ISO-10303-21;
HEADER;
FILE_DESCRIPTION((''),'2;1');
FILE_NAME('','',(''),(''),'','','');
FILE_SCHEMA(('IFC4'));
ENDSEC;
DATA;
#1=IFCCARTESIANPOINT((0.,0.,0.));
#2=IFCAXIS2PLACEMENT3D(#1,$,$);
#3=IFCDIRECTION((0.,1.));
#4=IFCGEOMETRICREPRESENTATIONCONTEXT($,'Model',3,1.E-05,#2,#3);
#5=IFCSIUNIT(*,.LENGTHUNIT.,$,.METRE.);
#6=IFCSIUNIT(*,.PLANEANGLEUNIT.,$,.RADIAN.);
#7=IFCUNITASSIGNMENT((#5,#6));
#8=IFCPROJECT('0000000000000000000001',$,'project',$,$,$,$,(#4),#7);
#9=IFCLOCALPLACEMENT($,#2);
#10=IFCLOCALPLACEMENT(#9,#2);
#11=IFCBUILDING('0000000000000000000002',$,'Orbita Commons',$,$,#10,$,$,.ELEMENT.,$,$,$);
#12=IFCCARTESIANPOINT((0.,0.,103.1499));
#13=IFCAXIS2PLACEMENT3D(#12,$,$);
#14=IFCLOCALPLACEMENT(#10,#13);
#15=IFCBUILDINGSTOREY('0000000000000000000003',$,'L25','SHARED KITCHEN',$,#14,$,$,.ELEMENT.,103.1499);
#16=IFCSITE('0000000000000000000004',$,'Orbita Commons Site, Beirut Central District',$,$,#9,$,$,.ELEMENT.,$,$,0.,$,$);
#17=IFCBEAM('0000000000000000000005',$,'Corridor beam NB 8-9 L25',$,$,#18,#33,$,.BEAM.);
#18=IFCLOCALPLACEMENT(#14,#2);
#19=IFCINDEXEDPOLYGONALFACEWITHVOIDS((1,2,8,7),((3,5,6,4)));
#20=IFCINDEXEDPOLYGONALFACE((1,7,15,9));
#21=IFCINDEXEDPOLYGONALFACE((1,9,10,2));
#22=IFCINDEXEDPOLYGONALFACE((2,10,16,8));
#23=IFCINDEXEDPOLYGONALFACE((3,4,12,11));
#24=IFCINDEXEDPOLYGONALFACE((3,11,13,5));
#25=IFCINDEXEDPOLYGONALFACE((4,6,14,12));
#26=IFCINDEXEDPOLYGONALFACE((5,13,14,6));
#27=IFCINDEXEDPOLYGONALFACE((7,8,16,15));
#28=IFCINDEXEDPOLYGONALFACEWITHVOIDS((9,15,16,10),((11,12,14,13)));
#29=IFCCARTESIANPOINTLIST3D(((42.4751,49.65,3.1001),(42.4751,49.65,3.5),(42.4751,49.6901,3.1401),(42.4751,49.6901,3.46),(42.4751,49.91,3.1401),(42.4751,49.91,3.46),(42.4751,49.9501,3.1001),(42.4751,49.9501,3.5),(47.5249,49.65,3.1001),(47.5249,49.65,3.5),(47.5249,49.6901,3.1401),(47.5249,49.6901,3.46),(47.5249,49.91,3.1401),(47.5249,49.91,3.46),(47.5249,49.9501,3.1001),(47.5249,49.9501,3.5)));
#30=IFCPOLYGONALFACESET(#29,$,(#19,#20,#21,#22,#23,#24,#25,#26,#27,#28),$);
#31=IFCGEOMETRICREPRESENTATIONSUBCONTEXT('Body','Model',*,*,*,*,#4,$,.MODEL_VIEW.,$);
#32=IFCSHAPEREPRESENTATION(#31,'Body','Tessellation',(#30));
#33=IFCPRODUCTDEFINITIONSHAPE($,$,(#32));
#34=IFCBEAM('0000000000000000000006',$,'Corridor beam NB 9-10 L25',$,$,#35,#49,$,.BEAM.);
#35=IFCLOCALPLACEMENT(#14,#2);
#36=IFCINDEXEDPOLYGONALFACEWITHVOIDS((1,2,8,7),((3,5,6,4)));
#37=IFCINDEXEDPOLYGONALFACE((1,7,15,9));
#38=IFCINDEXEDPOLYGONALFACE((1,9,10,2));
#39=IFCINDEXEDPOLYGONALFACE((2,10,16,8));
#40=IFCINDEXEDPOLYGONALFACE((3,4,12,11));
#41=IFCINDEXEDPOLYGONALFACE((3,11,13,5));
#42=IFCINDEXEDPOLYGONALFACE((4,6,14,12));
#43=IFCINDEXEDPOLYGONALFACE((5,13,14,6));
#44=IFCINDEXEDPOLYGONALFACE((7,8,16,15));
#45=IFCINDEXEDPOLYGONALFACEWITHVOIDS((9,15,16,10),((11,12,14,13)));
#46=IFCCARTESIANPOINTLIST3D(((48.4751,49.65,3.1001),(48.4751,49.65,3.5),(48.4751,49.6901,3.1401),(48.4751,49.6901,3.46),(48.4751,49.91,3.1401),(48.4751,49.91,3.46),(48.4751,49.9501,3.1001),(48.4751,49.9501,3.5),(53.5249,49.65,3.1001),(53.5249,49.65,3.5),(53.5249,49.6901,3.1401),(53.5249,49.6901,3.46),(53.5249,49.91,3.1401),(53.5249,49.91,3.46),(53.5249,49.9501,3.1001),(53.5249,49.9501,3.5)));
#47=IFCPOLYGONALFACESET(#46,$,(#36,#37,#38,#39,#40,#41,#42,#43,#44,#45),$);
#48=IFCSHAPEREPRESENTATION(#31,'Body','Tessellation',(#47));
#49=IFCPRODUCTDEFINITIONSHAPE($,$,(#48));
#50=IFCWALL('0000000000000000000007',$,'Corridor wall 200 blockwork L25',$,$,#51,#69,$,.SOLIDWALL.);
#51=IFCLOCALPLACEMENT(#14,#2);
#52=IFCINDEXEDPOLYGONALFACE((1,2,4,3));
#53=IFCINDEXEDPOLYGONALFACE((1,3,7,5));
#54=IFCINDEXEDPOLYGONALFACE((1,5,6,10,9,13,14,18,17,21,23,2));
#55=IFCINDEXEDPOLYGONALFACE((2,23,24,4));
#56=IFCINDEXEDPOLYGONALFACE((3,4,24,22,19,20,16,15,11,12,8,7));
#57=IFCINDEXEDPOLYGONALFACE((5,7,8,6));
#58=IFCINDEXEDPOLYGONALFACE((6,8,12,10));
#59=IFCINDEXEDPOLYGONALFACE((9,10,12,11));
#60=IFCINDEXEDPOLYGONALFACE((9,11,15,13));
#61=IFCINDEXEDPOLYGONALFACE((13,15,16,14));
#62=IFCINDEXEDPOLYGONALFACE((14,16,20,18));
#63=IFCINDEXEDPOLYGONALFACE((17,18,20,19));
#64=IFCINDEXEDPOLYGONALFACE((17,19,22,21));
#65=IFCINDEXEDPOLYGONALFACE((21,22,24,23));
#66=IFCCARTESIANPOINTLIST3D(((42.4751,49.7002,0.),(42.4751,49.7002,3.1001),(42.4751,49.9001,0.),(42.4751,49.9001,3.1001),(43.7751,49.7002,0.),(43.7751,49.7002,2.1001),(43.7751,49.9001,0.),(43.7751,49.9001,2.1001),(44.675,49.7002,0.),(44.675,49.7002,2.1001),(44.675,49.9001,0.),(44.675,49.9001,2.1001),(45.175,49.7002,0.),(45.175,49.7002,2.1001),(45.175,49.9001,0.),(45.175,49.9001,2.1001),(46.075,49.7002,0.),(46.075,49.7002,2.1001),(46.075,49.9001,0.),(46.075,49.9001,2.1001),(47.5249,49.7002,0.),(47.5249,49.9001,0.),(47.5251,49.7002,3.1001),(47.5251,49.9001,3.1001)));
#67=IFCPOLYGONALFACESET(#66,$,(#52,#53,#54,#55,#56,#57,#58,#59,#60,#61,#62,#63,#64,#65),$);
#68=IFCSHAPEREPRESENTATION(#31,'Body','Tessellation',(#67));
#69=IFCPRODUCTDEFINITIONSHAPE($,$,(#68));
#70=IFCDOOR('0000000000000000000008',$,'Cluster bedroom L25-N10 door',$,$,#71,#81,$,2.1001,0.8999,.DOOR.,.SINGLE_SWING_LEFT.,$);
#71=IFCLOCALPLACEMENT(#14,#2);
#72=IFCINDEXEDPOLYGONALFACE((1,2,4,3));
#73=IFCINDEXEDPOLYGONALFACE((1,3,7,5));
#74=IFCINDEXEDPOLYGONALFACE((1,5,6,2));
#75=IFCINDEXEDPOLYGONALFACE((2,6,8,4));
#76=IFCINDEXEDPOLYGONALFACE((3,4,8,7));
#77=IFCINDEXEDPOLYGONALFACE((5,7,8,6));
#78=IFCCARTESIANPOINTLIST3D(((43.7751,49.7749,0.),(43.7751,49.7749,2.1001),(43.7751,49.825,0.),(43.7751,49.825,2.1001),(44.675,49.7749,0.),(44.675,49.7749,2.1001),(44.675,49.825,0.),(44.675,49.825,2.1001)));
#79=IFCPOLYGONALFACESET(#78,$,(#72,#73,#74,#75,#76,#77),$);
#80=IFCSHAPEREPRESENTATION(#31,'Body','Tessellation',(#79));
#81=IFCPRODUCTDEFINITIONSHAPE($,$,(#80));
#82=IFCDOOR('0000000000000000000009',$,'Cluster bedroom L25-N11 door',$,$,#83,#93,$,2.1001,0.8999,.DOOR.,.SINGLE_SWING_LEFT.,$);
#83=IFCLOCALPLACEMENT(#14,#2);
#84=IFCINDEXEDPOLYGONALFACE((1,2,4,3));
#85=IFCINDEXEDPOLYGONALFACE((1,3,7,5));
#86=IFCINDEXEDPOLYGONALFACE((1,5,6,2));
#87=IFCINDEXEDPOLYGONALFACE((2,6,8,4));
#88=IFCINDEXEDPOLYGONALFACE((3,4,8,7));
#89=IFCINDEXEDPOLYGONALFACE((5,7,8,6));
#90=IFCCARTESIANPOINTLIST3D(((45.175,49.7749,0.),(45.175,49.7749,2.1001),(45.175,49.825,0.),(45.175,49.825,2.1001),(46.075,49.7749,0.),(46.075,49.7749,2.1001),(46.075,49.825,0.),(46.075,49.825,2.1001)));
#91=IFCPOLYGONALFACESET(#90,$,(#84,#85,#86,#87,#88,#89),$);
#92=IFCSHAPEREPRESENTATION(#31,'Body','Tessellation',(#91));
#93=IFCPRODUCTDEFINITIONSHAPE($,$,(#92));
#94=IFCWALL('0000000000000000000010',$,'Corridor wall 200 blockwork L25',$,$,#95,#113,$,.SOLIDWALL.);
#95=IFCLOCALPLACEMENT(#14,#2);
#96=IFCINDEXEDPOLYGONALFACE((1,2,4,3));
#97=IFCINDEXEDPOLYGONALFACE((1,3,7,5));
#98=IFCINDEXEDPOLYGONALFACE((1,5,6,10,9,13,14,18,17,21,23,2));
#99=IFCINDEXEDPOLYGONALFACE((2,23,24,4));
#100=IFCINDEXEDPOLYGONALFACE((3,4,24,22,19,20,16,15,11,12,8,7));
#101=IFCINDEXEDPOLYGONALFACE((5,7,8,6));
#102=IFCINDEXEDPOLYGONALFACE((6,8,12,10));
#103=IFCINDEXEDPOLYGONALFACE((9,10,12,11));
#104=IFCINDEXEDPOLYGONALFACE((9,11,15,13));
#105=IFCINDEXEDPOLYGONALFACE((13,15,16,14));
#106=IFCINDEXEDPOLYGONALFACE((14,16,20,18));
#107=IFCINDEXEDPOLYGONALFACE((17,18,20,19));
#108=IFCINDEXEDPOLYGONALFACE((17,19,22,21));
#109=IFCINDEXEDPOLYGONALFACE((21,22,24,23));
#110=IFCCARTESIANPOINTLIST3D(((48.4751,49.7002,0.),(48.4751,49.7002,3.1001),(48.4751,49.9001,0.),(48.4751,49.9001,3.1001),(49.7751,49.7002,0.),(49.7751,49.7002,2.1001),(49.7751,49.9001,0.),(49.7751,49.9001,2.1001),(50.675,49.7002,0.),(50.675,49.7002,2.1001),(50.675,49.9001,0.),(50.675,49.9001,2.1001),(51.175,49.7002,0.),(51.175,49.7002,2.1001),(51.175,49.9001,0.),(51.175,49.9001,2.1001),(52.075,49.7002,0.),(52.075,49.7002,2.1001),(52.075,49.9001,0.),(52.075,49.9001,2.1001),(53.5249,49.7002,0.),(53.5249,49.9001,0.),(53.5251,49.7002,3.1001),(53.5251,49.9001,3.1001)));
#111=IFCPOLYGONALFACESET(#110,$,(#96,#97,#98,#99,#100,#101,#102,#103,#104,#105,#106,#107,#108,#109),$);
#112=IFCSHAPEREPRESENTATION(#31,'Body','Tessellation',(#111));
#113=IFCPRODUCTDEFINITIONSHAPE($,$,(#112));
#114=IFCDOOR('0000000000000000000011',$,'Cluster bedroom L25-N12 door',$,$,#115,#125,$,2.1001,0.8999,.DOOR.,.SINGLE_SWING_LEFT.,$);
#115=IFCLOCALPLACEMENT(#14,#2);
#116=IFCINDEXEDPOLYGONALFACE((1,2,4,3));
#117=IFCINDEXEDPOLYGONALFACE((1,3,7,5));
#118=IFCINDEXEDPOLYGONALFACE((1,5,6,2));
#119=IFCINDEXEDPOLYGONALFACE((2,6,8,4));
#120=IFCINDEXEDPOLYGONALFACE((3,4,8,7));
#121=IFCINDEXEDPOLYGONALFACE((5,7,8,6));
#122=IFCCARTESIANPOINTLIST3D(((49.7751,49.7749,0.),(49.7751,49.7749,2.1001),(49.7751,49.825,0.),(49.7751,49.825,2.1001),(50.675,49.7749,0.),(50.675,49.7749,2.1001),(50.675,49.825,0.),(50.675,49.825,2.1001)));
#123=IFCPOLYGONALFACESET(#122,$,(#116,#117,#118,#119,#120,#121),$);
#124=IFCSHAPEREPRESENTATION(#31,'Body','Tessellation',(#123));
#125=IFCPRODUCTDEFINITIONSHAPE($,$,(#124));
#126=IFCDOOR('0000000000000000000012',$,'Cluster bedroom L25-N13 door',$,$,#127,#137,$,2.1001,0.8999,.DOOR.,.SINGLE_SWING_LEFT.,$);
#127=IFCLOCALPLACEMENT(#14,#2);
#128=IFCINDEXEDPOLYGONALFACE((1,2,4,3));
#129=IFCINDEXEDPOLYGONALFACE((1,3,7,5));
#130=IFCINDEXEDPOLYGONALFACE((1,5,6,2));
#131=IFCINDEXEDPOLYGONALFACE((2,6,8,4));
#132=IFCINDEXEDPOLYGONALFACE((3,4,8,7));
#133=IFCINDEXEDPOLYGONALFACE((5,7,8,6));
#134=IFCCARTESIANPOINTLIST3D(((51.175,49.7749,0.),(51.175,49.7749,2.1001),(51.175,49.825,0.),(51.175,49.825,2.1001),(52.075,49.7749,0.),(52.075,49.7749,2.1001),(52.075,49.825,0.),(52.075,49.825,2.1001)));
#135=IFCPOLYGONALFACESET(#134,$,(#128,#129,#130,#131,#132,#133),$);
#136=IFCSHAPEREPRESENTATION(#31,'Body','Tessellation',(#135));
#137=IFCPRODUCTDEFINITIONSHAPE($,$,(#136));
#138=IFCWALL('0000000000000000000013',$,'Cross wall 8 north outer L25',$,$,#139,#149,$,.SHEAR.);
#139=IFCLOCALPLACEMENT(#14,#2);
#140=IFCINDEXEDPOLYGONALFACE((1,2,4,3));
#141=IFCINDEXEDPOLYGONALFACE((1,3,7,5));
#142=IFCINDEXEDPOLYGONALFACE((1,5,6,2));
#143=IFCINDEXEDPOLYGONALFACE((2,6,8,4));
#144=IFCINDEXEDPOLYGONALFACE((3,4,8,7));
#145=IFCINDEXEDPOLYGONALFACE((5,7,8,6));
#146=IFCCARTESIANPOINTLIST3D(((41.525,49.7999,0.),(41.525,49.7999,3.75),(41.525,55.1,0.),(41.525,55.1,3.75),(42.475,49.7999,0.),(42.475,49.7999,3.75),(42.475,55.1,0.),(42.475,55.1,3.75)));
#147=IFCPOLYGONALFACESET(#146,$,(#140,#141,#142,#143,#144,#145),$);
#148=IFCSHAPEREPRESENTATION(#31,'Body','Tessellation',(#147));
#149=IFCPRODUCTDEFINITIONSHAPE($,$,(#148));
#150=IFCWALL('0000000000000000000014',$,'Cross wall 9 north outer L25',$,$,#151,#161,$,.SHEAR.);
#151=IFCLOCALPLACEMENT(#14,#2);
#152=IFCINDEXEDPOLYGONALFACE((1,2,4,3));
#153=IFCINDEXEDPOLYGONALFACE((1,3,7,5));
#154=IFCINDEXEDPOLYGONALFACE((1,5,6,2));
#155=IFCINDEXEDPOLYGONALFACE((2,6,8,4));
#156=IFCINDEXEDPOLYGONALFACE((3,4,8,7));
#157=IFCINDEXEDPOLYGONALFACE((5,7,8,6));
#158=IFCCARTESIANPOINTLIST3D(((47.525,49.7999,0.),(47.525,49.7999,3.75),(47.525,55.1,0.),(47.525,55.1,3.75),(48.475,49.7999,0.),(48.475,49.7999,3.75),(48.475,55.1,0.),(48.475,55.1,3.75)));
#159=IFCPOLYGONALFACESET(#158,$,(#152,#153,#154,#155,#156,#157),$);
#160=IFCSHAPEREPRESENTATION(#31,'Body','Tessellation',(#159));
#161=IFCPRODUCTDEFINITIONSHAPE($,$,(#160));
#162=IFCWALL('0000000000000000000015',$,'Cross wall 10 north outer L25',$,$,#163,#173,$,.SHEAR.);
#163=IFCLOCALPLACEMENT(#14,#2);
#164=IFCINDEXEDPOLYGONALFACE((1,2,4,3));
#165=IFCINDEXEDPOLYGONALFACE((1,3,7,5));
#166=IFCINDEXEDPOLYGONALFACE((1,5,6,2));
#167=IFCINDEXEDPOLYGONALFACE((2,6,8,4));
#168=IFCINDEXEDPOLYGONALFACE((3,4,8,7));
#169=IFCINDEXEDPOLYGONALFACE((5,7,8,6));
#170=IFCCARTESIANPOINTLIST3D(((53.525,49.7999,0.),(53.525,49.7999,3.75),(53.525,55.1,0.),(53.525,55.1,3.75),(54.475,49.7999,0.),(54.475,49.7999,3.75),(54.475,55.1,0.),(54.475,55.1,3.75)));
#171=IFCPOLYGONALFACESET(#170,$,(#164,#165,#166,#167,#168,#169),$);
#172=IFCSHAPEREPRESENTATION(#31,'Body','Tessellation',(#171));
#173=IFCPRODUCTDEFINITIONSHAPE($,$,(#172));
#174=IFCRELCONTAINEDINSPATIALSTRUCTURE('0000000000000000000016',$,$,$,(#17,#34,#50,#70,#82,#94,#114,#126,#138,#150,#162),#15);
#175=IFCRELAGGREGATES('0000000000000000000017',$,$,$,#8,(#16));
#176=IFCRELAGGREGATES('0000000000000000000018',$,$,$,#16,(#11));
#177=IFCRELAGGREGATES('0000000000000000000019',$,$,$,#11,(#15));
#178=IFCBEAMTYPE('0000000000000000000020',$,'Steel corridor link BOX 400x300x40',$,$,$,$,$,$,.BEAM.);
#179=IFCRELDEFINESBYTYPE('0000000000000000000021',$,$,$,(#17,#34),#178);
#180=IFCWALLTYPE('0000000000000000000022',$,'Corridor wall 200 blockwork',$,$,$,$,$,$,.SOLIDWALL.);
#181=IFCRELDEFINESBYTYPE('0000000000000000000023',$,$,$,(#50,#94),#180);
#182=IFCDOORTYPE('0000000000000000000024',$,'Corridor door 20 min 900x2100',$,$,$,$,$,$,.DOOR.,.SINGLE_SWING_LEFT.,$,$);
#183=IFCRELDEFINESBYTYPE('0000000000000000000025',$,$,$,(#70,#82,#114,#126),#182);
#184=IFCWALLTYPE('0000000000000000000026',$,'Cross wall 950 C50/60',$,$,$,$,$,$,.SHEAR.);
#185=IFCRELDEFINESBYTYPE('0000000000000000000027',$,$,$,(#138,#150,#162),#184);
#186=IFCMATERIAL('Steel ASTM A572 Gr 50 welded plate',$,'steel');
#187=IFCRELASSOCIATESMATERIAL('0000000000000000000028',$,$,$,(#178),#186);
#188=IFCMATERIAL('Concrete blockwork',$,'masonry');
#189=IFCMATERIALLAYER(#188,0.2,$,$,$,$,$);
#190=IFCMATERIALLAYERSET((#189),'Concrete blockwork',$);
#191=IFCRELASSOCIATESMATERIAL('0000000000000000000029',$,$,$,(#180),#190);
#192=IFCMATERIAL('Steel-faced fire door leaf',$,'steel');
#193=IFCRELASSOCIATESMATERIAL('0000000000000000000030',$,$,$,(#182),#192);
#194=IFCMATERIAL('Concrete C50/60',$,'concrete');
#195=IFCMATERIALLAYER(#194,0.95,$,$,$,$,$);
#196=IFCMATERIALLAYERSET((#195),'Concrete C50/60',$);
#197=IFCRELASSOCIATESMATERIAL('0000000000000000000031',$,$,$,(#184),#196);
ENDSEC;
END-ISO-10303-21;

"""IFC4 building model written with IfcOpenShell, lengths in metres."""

from ifc_helpers import new_model, si_unit, direction, frame, frame_2d, origin, origin_2d, place, context, subcontext, project, spatial, polyline, rectangle, hollow_rectangle, outline, extrude, material, layer, layer_set, material_profile, profile_set, type_object, element, fill, save


model = new_model("IFC4")

# Units and contexts
model_context = context("Model", 3, precision=1e-05, world=origin(), true_north=direction((0.0, 1.0)))
body_context = subcontext(model_context, "Body", "Model", "MODEL_VIEW")
ifc_project = project(units=[si_unit("LENGTHUNIT", "METRE"), si_unit("PLANEANGLEUNIT", "RADIAN")], contexts=[model_context])

# Site, building, storey
site_placement = place(None, origin())
site = spatial("IfcSite", under=ifc_project, at=site_placement, Name="Orbita Commons Site, Beirut Central District", CompositionType="ELEMENT", RefElevation=0.0)
building_placement = place(site_placement, origin())
building = spatial("IfcBuilding", under=site, at=building_placement, Name="Orbita Commons", CompositionType="ELEMENT")
storey_placement = place(building_placement, frame((0.0, 0.0, 103.1499)))
storey = spatial("IfcBuildingStorey", under=building, at=storey_placement, Name="L25", Description="SHARED KITCHEN", CompositionType="ELEMENT", Elevation=103.1499)

# Beams
ifc_material_1 = material(Name="Steel ASTM A572 Gr 50 welded plate", Category="steel")
ifc_material_profile = material_profile(ifc_material_1, hollow_rectangle(XDim=0.3, YDim=0.3999, WallThickness=0.04, at=origin_2d()), Name="BOX 400x300x40")
ifc_profile_set = profile_set([ifc_material_profile], Name="Steel ASTM A572 Gr 50 welded plate")
beam_type = type_object("IfcBeamType", Name="Steel corridor link BOX 400x300x40", PredefinedType="BEAM", material=ifc_profile_set)
for number, where, z_axis, x_axis, name in (
    (1, (42.4751, 49.8, 3.3), (1.0, 0.0, 0.0), (0.0, 1.0, 0.0), "Corridor beam NB 8-9 L25"),
    (2, (48.4751, 49.8, 3.3), (1.0, 0.0, 0.0), (0.0, 1.0, 0.0), "Corridor beam NB 9-10 L25"),
):
    element("IfcBeam", number, at=place(storey_placement, frame(where, z_axis=z_axis, x_axis=x_axis)), inside=storey, type_object=beam_type, Name=name, PredefinedType="BEAM", context=body_context, shape_type="SweptSolid", body=[
        extrude(hollow_rectangle(XDim=0.3, YDim=0.3999, WallThickness=0.04, at=origin_2d()), origin(), (0.0, 0.0, 1.0), 5.0498),
    ])

# Walls, openings, doors
ifc_material_2 = material(Name="Concrete blockwork", Category="masonry")
ifc_layer_1 = layer(ifc_material_2, 0.2)
ifc_layer_set_1 = layer_set([ifc_layer_1], Name="Concrete blockwork")
wall_type_1 = type_object("IfcWallType", Name="Corridor wall 200 blockwork", PredefinedType="SOLIDWALL", material=ifc_layer_set_1)
wall_1_placement = place(storey_placement, frame((42.4751, 49.8, 0.0), z_axis=(0.0, 0.0, 1.0), x_axis=(1.0, 0.0, 0.0)))
wall_1 = element("IfcWall", 3, at=wall_1_placement, inside=storey, type_object=wall_type_1, Name="Corridor wall 200 blockwork L25", PredefinedType="SOLIDWALL", context=body_context, shape_type="SweptSolid", body=[
    extrude(outline(polyline([(0.0, 0.0), (5.0498, 0.0), (5.05, 3.1001), (0.0, 3.1001), (0.0, 0.0)])), frame((0.0, 0.1001, 0.0), z_axis=(0.0, -1.0, 0.0), x_axis=(1.0, 0.0, 0.0)), (0.0, 0.0, 1.0), 0.2),
])
opening_1_placement = place(wall_1_placement, frame((1.3, 0.0, 0.0)))
opening_1 = element("IfcOpeningElement", 4, at=opening_1_placement, cuts=wall_1, PredefinedType="OPENING", context=body_context, shape_type="SweptSolid", body=[
    extrude(rectangle(XDim=0.8999, YDim=2.1001, at=frame_2d((0.45, 1.05))), frame((0.0, 0.1099, 0.0), z_axis=(0.0, -1.0, 0.0), x_axis=(1.0, 0.0, 0.0)), (0.0, 0.0, 1.0), 0.22),
])
opening_2_placement = place(wall_1_placement, frame((2.7, 0.0, 0.0)))
opening_2 = element("IfcOpeningElement", 5, at=opening_2_placement, cuts=wall_1, PredefinedType="OPENING", context=body_context, shape_type="SweptSolid", body=[
    extrude(rectangle(XDim=0.8999, YDim=2.1001, at=frame_2d((0.45, 1.05))), frame((0.0, 0.1099, 0.0), z_axis=(0.0, -1.0, 0.0), x_axis=(1.0, 0.0, 0.0)), (0.0, 0.0, 1.0), 0.22),
])
ifc_material_3 = material(Name="Steel-faced fire door leaf", Category="steel")
door_type_1 = type_object("IfcDoorType", Name="Corridor door 20 min 900x2100", OperationType="SINGLE_SWING_LEFT", PredefinedType="DOOR", material=ifc_material_3)
door_1_placement = place(opening_1_placement, origin())
door_1 = element("IfcDoor", 6, at=door_1_placement, inside=storey, type_object=door_type_1, Name="Cluster bedroom L25-N10 door", OperationType="SINGLE_SWING_LEFT", OverallHeight=2.1001, OverallWidth=0.8999, PredefinedType="DOOR", context=body_context, shape_type="SweptSolid", body=[
    extrude(rectangle(XDim=0.8999, YDim=2.1001, at=frame_2d((0.45, 1.05))), frame((0.0, 0.0249, 0.0), z_axis=(0.0, -1.0, 0.0), x_axis=(1.0, 0.0, 0.0)), (0.0, 0.0, 1.0), 0.05),
])
fill(opening_1, door_1)
door_2_placement = place(opening_2_placement, origin())
door_2 = element("IfcDoor", 7, at=door_2_placement, inside=storey, type_object=door_type_1, Name="Cluster bedroom L25-N11 door", OperationType="SINGLE_SWING_LEFT", OverallHeight=2.1001, OverallWidth=0.8999, PredefinedType="DOOR", context=body_context, shape_type="SweptSolid", body=[
    extrude(rectangle(XDim=0.8999, YDim=2.1001, at=frame_2d((0.45, 1.05))), frame((0.0, 0.0249, 0.0), z_axis=(0.0, -1.0, 0.0), x_axis=(1.0, 0.0, 0.0)), (0.0, 0.0, 1.0), 0.05),
])
fill(opening_2, door_2)
wall_2_placement = place(storey_placement, frame((48.4751, 49.8, 0.0), z_axis=(0.0, 0.0, 1.0), x_axis=(1.0, 0.0, 0.0)))
wall_2 = element("IfcWall", 8, at=wall_2_placement, inside=storey, type_object=wall_type_1, Name="Corridor wall 200 blockwork L25", PredefinedType="SOLIDWALL", context=body_context, shape_type="SweptSolid", body=[
    extrude(outline(polyline([(0.0, 0.0), (5.0498, 0.0), (5.05, 3.1001), (0.0, 3.1001), (0.0, 0.0)])), frame((0.0, 0.1001, 0.0), z_axis=(0.0, -1.0, 0.0), x_axis=(1.0, 0.0, 0.0)), (0.0, 0.0, 1.0), 0.2),
])
opening_3_placement = place(wall_2_placement, frame((1.3, 0.0, 0.0)))
opening_3 = element("IfcOpeningElement", 9, at=opening_3_placement, cuts=wall_2, PredefinedType="OPENING", context=body_context, shape_type="SweptSolid", body=[
    extrude(rectangle(XDim=0.8999, YDim=2.1001, at=frame_2d((0.45, 1.05))), frame((0.0, 0.1099, 0.0), z_axis=(0.0, -1.0, 0.0), x_axis=(1.0, 0.0, 0.0)), (0.0, 0.0, 1.0), 0.22),
])
opening_4_placement = place(wall_2_placement, frame((2.7, 0.0, 0.0)))
opening_4 = element("IfcOpeningElement", 10, at=opening_4_placement, cuts=wall_2, PredefinedType="OPENING", context=body_context, shape_type="SweptSolid", body=[
    extrude(rectangle(XDim=0.8999, YDim=2.1001, at=frame_2d((0.45, 1.05))), frame((0.0, 0.1099, 0.0), z_axis=(0.0, -1.0, 0.0), x_axis=(1.0, 0.0, 0.0)), (0.0, 0.0, 1.0), 0.22),
])
door_3_placement = place(opening_3_placement, origin())
door_3 = element("IfcDoor", 11, at=door_3_placement, inside=storey, type_object=door_type_1, Name="Cluster bedroom L25-N12 door", OperationType="SINGLE_SWING_LEFT", OverallHeight=2.1001, OverallWidth=0.8999, PredefinedType="DOOR", context=body_context, shape_type="SweptSolid", body=[
    extrude(rectangle(XDim=0.8999, YDim=2.1001, at=frame_2d((0.45, 1.05))), frame((0.0, 0.0249, 0.0), z_axis=(0.0, -1.0, 0.0), x_axis=(1.0, 0.0, 0.0)), (0.0, 0.0, 1.0), 0.05),
])
fill(opening_3, door_3)
door_4_placement = place(opening_4_placement, origin())
door_4 = element("IfcDoor", 12, at=door_4_placement, inside=storey, type_object=door_type_1, Name="Cluster bedroom L25-N13 door", OperationType="SINGLE_SWING_LEFT", OverallHeight=2.1001, OverallWidth=0.8999, PredefinedType="DOOR", context=body_context, shape_type="SweptSolid", body=[
    extrude(rectangle(XDim=0.8999, YDim=2.1001, at=frame_2d((0.45, 1.05))), frame((0.0, 0.0249, 0.0), z_axis=(0.0, -1.0, 0.0), x_axis=(1.0, 0.0, 0.0)), (0.0, 0.0, 1.0), 0.05),
])
fill(opening_4, door_4)

# Walls
ifc_material_4 = material(Name="Concrete C50/60", Category="concrete")
ifc_layer_2 = layer(ifc_material_4, 0.95)
ifc_layer_set_2 = layer_set([ifc_layer_2], Name="Concrete C50/60")
wall_type_2 = type_object("IfcWallType", Name="Cross wall 950 C50/60", PredefinedType="SHEAR", material=ifc_layer_set_2)
for number, where, z_axis, x_axis, name in (
    (13, (42.0, 49.8, 0.0), (0.0, 0.0, 1.0), (0.0, 1.0, 0.0), "Cross wall 8 north outer L25"),
    (14, (48.0, 49.8, 0.0), (0.0, 0.0, 1.0), (0.0, 1.0, 0.0), "Cross wall 9 north outer L25"),
    (15, (54.0, 49.8, 0.0), (0.0, 0.0, 1.0), (0.0, 1.0, 0.0), "Cross wall 10 north outer L25"),
):
    element("IfcWall", number, at=place(storey_placement, frame(where, z_axis=z_axis, x_axis=x_axis)), inside=storey, type_object=wall_type_2, Name=name, PredefinedType="SHEAR", context=body_context, shape_type="SweptSolid", body=[
        extrude(rectangle(XDim=5.3, YDim=0.95, at=frame_2d((2.6499, 0.0))), origin(), (0.0, 0.0, 1.0), 3.75),
    ])

save(model, "model.ifc")
